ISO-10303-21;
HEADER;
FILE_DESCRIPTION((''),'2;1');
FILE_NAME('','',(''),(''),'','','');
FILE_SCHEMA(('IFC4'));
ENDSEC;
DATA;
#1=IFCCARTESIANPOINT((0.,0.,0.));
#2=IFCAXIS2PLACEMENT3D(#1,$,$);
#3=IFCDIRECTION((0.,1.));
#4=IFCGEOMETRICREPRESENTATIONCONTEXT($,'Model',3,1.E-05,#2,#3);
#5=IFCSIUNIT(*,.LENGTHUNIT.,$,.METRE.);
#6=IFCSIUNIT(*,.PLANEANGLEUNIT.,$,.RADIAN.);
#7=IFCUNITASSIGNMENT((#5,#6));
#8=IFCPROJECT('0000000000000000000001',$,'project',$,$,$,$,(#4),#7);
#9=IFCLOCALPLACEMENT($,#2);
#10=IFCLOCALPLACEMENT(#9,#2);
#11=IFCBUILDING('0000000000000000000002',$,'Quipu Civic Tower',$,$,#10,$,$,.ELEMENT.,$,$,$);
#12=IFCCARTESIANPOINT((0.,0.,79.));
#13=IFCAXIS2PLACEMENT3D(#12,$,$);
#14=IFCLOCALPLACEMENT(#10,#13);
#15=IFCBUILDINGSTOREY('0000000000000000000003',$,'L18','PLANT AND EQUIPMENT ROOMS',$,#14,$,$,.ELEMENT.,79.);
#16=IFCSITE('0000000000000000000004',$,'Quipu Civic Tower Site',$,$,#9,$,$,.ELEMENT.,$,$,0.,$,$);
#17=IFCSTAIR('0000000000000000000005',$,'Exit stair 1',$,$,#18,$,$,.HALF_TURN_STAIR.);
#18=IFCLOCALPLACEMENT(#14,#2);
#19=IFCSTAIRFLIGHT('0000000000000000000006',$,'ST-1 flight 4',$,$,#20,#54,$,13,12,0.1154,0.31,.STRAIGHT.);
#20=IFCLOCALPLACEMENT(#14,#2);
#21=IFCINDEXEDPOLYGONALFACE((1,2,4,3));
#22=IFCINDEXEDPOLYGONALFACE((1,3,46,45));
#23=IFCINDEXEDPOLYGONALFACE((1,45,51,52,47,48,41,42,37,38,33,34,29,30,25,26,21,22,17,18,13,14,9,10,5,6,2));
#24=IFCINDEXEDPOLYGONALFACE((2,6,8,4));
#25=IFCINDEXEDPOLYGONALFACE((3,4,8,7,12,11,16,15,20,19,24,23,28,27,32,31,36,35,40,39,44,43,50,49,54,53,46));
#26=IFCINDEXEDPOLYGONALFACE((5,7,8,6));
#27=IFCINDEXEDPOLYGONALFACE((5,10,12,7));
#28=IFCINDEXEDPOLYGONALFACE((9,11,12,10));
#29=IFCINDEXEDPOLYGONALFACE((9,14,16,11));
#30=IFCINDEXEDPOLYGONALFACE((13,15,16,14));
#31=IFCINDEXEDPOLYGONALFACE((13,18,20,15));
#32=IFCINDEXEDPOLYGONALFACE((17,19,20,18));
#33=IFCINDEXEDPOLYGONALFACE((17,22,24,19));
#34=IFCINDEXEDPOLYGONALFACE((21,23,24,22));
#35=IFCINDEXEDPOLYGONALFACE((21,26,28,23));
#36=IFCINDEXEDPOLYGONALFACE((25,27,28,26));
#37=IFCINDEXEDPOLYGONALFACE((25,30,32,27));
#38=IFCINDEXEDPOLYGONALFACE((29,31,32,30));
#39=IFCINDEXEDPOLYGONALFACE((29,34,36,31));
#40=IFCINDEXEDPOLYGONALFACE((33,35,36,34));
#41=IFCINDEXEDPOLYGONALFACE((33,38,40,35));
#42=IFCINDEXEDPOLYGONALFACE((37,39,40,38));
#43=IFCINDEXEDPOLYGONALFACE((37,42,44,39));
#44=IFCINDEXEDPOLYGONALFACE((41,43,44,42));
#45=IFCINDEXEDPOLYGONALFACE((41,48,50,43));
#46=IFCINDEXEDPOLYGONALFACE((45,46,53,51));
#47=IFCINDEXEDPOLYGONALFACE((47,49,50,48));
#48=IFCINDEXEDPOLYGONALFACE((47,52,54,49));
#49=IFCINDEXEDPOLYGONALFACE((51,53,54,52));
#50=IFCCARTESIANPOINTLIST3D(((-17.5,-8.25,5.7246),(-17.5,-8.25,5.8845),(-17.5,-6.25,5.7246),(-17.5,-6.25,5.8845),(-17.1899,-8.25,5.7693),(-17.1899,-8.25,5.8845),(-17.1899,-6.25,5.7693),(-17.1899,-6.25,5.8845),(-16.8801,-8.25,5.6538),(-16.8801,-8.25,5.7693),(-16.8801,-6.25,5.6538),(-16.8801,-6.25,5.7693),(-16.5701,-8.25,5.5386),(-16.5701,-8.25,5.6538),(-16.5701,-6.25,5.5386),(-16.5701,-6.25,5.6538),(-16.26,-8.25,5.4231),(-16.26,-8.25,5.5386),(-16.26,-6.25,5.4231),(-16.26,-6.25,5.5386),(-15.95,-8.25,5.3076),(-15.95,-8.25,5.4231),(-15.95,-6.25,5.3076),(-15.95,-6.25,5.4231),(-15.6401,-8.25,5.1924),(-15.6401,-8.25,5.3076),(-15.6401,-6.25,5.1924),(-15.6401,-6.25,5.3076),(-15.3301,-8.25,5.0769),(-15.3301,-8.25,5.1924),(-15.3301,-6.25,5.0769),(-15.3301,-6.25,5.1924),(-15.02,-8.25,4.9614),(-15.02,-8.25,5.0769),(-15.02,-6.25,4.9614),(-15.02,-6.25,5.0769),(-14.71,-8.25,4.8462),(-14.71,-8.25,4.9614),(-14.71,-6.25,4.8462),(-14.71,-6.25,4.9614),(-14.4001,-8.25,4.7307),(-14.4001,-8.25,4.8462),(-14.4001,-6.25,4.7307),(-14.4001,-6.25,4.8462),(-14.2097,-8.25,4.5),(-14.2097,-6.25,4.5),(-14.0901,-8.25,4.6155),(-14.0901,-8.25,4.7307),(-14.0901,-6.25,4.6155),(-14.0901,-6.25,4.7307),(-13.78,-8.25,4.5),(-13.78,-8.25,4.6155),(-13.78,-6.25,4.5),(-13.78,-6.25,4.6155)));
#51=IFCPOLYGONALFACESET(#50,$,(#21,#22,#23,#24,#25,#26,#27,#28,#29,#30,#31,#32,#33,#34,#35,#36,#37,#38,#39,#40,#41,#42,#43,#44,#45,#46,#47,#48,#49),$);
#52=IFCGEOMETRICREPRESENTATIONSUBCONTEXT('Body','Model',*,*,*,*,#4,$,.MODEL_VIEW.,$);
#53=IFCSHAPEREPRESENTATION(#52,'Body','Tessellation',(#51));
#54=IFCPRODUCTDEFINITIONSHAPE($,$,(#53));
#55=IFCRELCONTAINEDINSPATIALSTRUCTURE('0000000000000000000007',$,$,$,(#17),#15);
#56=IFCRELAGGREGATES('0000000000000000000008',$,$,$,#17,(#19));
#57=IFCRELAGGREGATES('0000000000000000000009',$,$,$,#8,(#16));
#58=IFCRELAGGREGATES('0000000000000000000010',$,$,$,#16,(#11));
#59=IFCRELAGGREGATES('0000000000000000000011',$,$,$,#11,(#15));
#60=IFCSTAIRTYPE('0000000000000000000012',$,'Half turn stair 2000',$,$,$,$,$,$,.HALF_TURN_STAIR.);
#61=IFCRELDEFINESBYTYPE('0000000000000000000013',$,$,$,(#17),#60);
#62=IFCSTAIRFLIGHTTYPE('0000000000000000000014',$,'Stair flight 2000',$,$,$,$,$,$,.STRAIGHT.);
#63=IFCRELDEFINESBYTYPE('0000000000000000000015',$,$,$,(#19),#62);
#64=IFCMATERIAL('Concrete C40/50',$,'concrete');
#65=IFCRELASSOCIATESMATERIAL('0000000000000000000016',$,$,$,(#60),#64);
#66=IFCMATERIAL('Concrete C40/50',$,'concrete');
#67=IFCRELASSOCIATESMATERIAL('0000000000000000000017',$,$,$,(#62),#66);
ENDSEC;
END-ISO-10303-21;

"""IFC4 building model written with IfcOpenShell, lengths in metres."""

from ifc_helpers import new_model, si_unit, direction, frame, origin, place, context, subcontext, project, spatial, polyline, outline, extrude, material, type_object, element, aggregate, save


model = new_model("IFC4")

# Units and contexts
model_context = context("Model", 3, precision=1e-05, world=origin(), true_north=direction((0.0, 1.0)))
body_context = subcontext(model_context, "Body", "Model", "MODEL_VIEW")
ifc_project = project(units=[si_unit("LENGTHUNIT", "METRE"), si_unit("PLANEANGLEUNIT", "RADIAN")], contexts=[model_context])

# Site, building, storey
site_placement = place(None, origin())
site = spatial("IfcSite", under=ifc_project, at=site_placement, Name="Quipu Civic Tower Site", CompositionType="ELEMENT", RefElevation=0.0)
building_placement = place(site_placement, origin())
building = spatial("IfcBuilding", under=site, at=building_placement, Name="Quipu Civic Tower", CompositionType="ELEMENT")
storey_placement = place(building_placement, frame((0.0, 0.0, 79.0)))
storey = spatial("IfcBuildingStorey", under=building, at=storey_placement, Name="L18", Description="PLANT AND EQUIPMENT ROOMS", CompositionType="ELEMENT", Elevation=79.0)

# Stair, stair flight
ifc_material_1 = material(Name="Concrete C40/50", Category="concrete")
stair_type = type_object("IfcStairType", Name="Half turn stair 2000", PredefinedType="HALF_TURN_STAIR", material=ifc_material_1)
stair_placement = place(storey_placement, origin())
stair = element("IfcStair", 1, at=stair_placement, inside=storey, type_object=stair_type, Name="Exit stair 1", PredefinedType="HALF_TURN_STAIR")
ifc_material_2 = material(Name="Concrete C40/50", Category="concrete")
stair_flight_type = type_object("IfcStairFlightType", Name="Stair flight 2000", PredefinedType="STRAIGHT", material=ifc_material_2)
stair_flight_1_placement = place(storey_placement, frame((-13.78, -7.25, 4.5), z_axis=(0.0, 0.0, 1.0), x_axis=(-1.0, 0.0, 0.0)))
stair_flight_1 = element("IfcStairFlight", 2, at=stair_flight_1_placement, type_object=stair_flight_type, Name="ST-1 flight 4", NumberOfRisers=13, NumberOfTreads=12, PredefinedType="STRAIGHT", RiserHeight=0.1154, TreadLength=0.31, context=body_context, shape_type="SweptSolid", body=[
    extrude(outline(polyline([(0.0, 0.0), (0.0, 0.1155), (0.3101, 0.1155), (0.3101, 0.2307), (0.6201, 0.2307), (0.6201, 0.3462), (0.9299, 0.3462), (0.9299, 0.4614), (1.24, 0.4614), (1.24, 0.5769), (1.55, 0.5769), (1.55, 0.6924), (1.8601, 0.6924), (1.8601, 0.8076), (2.1699, 0.8076), (2.1699, 0.9231), (2.48, 0.9231), (2.48, 1.0386), (2.79, 1.0386), (2.79, 1.1538), (3.1001, 1.1538), (3.1001, 1.2693), (3.4099, 1.2693), (3.4099, 1.3845), (3.72, 1.3845), (3.72, 1.5), (3.72, 1.2246), (0.4297, 0.0), (0.0, 0.0)])), frame((0.0, 1.0, 0.0), z_axis=(0.0, -1.0, 0.0), x_axis=(1.0, 0.0, 0.0)), (0.0, 0.0, 1.0), 2.0),
])
aggregate(stair, [stair_flight_1])

save(model, "model.ifc")
